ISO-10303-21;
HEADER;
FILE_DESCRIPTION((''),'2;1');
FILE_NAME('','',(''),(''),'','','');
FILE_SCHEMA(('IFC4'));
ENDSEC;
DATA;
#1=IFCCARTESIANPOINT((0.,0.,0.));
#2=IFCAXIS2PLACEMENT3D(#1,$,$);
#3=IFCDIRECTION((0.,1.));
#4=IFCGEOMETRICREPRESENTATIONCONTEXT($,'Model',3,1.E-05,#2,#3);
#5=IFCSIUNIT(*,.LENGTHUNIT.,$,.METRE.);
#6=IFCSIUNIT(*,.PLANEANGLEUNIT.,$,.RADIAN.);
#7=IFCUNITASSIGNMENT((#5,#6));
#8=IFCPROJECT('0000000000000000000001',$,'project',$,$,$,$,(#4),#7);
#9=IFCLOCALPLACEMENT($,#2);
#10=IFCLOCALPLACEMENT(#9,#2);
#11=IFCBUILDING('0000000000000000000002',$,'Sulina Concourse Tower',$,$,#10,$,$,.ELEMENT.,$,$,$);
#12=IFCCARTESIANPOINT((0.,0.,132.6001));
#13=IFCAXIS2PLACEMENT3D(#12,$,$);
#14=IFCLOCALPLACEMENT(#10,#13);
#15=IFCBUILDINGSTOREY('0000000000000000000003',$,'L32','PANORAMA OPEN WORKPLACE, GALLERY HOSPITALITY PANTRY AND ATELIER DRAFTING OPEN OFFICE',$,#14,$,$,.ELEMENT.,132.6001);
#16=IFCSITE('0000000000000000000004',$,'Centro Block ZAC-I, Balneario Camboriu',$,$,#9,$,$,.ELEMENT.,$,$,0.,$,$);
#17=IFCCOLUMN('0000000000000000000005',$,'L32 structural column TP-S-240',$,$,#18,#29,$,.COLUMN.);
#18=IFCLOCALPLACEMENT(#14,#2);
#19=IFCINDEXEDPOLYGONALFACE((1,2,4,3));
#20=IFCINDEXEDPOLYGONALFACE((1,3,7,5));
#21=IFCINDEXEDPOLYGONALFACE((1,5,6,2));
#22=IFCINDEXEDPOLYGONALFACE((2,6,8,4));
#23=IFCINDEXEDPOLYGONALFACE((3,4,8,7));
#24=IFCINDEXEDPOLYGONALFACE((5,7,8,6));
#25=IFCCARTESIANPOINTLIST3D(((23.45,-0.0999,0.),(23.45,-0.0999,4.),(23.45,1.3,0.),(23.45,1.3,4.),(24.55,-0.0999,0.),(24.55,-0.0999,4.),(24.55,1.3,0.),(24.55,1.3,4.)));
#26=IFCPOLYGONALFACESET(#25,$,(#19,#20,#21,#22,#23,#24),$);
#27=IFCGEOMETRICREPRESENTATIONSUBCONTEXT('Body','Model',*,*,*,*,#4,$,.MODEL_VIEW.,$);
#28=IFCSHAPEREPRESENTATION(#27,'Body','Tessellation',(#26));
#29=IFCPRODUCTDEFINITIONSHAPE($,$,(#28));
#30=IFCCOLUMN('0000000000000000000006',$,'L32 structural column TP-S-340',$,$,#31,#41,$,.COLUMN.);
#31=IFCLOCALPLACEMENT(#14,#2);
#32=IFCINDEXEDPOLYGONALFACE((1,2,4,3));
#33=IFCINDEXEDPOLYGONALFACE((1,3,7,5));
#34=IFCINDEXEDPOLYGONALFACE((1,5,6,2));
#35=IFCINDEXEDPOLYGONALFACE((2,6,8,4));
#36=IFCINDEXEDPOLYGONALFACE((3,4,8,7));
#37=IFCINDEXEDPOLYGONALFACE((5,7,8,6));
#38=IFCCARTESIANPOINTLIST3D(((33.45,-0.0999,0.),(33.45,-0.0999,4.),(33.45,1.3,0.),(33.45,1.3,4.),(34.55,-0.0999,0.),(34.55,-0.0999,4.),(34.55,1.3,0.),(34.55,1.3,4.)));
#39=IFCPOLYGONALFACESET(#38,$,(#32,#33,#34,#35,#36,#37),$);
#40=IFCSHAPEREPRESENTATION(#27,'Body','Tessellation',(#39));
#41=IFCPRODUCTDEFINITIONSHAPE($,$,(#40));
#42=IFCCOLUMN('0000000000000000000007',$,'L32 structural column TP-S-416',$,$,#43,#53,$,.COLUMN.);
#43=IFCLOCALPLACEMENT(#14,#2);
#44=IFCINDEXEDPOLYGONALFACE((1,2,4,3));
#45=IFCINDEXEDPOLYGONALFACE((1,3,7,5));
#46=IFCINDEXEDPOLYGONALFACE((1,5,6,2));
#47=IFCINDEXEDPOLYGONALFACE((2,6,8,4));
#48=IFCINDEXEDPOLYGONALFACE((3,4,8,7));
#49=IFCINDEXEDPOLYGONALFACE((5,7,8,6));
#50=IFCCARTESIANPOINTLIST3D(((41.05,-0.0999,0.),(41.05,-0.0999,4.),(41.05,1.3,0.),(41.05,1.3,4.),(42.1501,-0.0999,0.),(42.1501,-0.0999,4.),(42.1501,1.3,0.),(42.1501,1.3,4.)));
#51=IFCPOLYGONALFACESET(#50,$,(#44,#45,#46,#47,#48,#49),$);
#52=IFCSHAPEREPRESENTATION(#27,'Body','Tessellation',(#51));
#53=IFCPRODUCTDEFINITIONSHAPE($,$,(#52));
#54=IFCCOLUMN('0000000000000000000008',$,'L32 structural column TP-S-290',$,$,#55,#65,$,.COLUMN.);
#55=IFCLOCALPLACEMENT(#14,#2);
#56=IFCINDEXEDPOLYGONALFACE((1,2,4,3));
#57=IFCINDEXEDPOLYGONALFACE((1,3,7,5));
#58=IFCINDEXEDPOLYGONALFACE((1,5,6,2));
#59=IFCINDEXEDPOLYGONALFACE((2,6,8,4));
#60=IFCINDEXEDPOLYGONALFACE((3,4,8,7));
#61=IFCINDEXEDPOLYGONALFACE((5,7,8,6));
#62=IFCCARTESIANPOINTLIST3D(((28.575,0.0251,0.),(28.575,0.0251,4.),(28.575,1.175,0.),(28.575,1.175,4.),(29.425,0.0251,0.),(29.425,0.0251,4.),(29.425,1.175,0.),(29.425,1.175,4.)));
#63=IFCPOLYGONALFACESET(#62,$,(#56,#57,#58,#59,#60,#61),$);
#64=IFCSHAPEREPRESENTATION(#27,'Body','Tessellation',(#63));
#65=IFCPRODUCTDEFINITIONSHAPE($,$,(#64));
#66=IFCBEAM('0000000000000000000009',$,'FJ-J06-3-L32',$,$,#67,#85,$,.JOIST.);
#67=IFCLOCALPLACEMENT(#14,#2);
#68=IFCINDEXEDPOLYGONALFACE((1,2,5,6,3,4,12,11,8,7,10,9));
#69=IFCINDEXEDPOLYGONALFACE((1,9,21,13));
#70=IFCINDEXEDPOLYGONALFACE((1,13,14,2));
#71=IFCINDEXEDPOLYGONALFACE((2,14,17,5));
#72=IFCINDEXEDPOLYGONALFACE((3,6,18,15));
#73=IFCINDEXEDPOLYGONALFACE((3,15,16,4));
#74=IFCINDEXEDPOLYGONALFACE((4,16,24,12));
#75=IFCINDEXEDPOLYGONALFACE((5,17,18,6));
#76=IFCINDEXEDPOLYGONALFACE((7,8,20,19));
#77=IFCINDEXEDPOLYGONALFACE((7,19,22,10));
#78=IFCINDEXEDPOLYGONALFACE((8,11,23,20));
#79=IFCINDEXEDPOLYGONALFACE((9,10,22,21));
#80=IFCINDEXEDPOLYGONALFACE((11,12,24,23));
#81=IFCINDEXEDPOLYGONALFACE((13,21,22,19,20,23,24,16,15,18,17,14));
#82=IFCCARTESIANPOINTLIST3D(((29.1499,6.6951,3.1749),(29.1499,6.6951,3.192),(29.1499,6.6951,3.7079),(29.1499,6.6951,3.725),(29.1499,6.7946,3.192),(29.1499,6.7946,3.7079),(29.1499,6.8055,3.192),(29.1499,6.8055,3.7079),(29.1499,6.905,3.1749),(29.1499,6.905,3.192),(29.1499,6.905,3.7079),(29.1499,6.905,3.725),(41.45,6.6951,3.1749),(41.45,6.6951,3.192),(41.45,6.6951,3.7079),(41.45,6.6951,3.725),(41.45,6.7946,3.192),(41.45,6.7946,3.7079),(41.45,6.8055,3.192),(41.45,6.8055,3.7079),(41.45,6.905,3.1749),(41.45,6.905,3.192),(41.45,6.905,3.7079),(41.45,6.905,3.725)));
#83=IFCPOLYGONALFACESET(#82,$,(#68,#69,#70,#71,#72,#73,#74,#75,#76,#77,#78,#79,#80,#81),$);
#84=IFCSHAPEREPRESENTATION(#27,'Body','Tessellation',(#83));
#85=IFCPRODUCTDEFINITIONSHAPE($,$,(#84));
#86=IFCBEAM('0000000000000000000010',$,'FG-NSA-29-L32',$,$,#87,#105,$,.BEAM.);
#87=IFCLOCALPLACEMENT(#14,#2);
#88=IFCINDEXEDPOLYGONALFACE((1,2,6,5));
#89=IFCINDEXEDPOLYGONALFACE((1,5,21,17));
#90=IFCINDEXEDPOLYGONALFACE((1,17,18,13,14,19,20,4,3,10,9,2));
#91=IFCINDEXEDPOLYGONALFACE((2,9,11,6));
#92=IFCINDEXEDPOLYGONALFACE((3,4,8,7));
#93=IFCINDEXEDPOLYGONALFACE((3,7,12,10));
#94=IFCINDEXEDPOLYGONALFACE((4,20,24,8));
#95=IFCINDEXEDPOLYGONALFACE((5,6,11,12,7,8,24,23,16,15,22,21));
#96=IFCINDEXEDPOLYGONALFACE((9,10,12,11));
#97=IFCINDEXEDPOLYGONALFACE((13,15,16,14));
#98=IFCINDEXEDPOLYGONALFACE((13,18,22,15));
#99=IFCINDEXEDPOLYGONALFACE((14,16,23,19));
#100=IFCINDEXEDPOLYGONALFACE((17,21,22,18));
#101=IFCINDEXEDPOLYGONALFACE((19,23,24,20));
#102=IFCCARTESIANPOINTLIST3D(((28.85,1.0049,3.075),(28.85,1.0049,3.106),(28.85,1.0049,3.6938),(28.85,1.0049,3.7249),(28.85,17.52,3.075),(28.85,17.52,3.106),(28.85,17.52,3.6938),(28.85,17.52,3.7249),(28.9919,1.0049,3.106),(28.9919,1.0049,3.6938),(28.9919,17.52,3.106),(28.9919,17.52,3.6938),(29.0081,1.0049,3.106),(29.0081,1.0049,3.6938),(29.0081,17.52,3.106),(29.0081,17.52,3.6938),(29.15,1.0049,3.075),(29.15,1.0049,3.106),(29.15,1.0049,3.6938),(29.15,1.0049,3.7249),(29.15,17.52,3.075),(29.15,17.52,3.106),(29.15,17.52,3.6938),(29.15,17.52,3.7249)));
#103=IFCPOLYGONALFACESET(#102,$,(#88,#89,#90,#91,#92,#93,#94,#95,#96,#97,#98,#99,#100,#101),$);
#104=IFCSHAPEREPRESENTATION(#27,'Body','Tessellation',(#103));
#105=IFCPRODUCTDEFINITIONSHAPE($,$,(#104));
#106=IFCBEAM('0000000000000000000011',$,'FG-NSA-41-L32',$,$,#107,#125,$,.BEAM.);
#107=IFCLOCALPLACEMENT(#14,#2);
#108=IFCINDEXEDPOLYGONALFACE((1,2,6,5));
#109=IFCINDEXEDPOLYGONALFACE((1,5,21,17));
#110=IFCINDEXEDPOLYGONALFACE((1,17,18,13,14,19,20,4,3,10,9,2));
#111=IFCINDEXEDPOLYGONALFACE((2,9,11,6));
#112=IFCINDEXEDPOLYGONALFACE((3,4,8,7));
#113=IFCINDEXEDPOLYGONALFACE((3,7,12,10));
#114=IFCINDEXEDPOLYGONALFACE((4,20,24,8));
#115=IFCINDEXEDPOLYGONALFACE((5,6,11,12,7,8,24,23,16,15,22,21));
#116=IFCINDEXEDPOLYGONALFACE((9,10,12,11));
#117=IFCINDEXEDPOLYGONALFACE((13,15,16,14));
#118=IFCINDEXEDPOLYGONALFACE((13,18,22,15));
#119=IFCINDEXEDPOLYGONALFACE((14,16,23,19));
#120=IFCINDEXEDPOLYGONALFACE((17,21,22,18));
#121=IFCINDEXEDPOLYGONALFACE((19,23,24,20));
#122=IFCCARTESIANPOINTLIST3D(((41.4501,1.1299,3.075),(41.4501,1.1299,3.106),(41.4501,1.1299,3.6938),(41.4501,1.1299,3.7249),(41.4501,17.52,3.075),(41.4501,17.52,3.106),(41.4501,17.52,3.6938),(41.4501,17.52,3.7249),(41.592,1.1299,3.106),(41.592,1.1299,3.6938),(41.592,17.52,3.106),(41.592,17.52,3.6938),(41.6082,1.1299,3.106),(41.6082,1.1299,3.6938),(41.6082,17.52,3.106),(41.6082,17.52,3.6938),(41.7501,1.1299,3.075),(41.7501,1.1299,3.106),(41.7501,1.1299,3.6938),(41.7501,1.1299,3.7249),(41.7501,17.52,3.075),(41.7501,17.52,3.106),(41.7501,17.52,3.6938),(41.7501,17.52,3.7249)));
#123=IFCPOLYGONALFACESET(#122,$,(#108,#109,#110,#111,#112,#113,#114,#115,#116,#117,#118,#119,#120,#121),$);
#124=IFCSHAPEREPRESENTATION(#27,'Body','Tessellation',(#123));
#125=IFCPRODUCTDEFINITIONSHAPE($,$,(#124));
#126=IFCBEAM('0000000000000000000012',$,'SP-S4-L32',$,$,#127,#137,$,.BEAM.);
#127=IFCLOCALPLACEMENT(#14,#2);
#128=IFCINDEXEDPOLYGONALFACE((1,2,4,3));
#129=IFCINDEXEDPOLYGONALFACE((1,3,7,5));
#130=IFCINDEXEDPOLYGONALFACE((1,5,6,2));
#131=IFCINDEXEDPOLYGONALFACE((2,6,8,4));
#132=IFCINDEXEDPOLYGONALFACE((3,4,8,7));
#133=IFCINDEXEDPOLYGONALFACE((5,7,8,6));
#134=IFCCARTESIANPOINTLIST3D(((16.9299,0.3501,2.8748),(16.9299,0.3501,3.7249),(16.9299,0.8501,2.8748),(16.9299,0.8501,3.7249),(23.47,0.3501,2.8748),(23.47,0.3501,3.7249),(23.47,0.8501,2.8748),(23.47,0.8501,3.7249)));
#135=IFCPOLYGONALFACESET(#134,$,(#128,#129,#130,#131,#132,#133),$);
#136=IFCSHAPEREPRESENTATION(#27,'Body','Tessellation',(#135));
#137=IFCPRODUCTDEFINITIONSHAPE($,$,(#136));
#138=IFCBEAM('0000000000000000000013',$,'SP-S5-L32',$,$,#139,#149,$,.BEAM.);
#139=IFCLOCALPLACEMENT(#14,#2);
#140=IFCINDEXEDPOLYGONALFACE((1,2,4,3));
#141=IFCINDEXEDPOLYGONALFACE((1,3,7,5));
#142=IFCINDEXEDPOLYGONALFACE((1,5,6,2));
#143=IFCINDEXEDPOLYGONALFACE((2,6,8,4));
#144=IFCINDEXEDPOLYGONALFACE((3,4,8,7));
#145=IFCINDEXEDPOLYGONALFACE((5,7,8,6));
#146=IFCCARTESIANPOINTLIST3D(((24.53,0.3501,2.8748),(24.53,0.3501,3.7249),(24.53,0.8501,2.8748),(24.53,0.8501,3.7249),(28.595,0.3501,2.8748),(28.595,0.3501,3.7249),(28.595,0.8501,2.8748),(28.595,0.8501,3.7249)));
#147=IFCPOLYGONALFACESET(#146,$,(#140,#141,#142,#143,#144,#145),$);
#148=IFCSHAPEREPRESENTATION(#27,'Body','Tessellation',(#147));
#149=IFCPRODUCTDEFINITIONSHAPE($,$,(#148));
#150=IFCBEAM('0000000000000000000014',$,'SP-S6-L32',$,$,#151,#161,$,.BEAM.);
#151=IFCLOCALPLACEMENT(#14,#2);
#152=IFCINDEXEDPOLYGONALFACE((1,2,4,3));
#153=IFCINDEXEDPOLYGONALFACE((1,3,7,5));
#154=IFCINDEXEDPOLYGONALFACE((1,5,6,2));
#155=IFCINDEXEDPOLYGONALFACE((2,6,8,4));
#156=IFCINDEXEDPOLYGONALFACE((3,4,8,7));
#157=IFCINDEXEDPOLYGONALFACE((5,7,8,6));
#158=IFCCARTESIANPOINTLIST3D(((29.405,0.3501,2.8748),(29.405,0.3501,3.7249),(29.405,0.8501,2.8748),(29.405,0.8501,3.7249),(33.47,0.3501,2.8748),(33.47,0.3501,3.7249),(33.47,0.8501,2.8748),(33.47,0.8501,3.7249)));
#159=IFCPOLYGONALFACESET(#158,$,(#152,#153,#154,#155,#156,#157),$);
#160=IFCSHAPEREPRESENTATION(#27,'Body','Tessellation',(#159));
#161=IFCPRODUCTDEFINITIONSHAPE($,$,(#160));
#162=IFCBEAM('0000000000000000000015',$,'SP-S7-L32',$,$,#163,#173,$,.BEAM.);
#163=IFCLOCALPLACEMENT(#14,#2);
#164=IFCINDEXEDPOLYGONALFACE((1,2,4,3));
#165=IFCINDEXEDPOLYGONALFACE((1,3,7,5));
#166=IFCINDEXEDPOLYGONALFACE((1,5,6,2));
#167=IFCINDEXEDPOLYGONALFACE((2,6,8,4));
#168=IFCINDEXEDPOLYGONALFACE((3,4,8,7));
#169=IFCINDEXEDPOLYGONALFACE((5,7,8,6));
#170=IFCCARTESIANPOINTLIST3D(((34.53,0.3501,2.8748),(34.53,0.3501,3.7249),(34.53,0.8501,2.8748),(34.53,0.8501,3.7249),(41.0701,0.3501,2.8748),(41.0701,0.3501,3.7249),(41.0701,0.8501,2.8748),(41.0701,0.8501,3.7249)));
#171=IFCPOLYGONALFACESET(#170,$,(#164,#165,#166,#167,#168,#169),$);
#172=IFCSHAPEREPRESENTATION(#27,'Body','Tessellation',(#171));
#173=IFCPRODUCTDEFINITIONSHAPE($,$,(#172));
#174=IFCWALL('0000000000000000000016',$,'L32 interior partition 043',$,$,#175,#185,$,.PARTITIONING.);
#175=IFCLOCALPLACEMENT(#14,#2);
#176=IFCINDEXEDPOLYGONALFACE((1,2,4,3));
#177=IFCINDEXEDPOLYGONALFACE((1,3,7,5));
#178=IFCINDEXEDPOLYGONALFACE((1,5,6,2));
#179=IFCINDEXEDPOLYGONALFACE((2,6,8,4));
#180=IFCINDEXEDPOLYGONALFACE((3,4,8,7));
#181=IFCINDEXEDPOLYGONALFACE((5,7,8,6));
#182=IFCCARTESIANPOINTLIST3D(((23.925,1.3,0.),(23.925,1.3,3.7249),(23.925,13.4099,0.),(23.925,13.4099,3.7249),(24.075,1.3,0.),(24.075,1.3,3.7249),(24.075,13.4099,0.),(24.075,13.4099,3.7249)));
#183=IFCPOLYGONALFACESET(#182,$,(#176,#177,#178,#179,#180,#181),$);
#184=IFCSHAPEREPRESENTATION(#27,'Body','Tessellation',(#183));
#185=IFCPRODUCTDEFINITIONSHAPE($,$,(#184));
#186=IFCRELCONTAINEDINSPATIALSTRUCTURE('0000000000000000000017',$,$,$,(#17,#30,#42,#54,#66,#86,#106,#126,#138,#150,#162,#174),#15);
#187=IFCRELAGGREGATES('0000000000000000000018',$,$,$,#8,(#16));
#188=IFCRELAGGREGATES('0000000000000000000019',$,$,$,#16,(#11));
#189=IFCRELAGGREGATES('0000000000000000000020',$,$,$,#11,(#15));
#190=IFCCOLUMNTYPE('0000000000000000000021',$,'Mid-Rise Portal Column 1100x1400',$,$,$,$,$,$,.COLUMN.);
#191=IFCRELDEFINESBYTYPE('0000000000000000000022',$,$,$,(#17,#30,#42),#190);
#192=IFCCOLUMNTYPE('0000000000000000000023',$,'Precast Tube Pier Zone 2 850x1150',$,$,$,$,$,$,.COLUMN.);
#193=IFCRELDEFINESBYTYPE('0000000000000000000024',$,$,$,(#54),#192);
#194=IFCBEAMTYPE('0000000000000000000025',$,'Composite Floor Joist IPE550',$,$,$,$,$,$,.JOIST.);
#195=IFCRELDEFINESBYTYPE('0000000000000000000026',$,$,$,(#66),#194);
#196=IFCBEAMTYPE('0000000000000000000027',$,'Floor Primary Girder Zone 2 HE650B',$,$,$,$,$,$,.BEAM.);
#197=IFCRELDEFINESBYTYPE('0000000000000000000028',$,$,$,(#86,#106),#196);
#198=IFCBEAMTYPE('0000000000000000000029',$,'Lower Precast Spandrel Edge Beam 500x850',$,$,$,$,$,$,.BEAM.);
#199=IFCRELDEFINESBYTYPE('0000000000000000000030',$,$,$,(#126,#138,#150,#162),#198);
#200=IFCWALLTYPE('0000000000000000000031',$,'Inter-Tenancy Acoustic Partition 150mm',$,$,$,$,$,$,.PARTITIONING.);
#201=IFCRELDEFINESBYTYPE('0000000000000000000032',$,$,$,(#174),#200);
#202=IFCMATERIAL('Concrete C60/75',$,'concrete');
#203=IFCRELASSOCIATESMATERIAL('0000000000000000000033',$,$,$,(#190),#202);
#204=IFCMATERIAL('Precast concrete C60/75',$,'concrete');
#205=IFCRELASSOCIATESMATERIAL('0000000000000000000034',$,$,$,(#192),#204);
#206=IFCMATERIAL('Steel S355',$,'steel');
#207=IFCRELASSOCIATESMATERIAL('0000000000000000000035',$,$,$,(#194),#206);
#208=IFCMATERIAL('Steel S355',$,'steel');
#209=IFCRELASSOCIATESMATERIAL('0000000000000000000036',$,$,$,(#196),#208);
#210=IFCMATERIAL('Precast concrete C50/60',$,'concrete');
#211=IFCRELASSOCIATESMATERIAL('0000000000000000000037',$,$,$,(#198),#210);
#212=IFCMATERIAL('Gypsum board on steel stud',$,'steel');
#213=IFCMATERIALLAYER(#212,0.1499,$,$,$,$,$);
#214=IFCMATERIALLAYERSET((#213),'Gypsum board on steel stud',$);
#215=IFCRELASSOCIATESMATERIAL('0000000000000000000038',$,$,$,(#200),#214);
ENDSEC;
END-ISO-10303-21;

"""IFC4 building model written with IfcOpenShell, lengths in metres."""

from ifc_helpers import new_model, si_unit, direction, frame, frame_2d, origin, origin_2d, place, context, subcontext, project, spatial, rectangle, i_section, extrude, material, layer, layer_set, material_profile, profile_set, type_object, element, save


model = new_model("IFC4")

# Units and contexts
model_context = context("Model", 3, precision=1e-05, world=origin(), true_north=direction((0.0, 1.0)))
body_context = subcontext(model_context, "Body", "Model", "MODEL_VIEW")
ifc_project = project(units=[si_unit("LENGTHUNIT", "METRE"), si_unit("PLANEANGLEUNIT", "RADIAN")], contexts=[model_context])

# Site, building, storey
site_placement = place(None, origin())
site = spatial("IfcSite", under=ifc_project, at=site_placement, Name="Centro Block ZAC-I, Balneario Camboriu", CompositionType="ELEMENT", RefElevation=0.0)
building_placement = place(site_placement, origin())
building = spatial("IfcBuilding", under=site, at=building_placement, Name="Sulina Concourse Tower", CompositionType="ELEMENT")
storey_placement = place(building_placement, frame((0.0, 0.0, 132.6001)))
storey = spatial("IfcBuildingStorey", under=building, at=storey_placement, Name="L32", Description="PANORAMA OPEN WORKPLACE, GALLERY HOSPITALITY PANTRY AND ATELIER DRAFTING OPEN OFFICE", CompositionType="ELEMENT", Elevation=132.6001)

# Columns
ifc_material_1 = material(Name="Concrete C60/75", Category="concrete")
ifc_material_profile_1 = material_profile(ifc_material_1, rectangle(XDim=1.1001, YDim=1.3999, at=origin_2d()), Name="RC 1100x1400")
ifc_profile_set_1 = profile_set([ifc_material_profile_1], Name="Concrete C60/75")
column_type_1 = type_object("IfcColumnType", Name="Mid-Rise Portal Column 1100x1400", PredefinedType="COLUMN", material=ifc_profile_set_1)
for number, where, z_axis, x_axis, name in (
    (1, (24.0, 0.6001, 0.0), (0.0, 0.0, 1.0), (1.0, 0.0, 0.0), "L32 structural column TP-S-240"),
    (2, (34.0, 0.6001, 0.0), (0.0, 0.0, 1.0), (1.0, 0.0, 0.0), "L32 structural column TP-S-340"),
    (3, (41.6001, 0.6001, 0.0), (0.0, 0.0, 1.0), (1.0, 0.0, 0.0), "L32 structural column TP-S-416"),
):
    element("IfcColumn", number, at=place(storey_placement, frame(where, z_axis=z_axis, x_axis=x_axis)), inside=storey, type_object=column_type_1, Name=name, PredefinedType="COLUMN", context=body_context, shape_type="SweptSolid", body=[
        extrude(rectangle(XDim=1.1001, YDim=1.3999, at=origin_2d()), origin(), (0.0, 0.0, 1.0), 4.0),
    ])
ifc_material_2 = material(Name="Precast concrete C60/75", Category="concrete")
ifc_material_profile_2 = material_profile(ifc_material_2, rectangle(XDim=0.8501, YDim=1.1499, at=origin_2d()), Name="PC 850x1150")
ifc_profile_set_2 = profile_set([ifc_material_profile_2], Name="Precast concrete C60/75")
column_type_2 = type_object("IfcColumnType", Name="Precast Tube Pier Zone 2 850x1150", PredefinedType="COLUMN", material=ifc_profile_set_2)
column_placement = place(storey_placement, frame((29.0, 0.6001, 0.0), z_axis=(0.0, 0.0, 1.0), x_axis=(1.0, 0.0, 0.0)))
element("IfcColumn", 4, at=column_placement, inside=storey, type_object=column_type_2, Name="L32 structural column TP-S-290", PredefinedType="COLUMN", context=body_context, shape_type="SweptSolid", body=[
    extrude(rectangle(XDim=0.8501, YDim=1.1499, at=origin_2d()), origin(), (0.0, 0.0, 1.0), 4.0),
])

# Beams
ifc_material_3 = material(Name="Steel S355", Category="steel")
ifc_material_profile_3 = material_profile(ifc_material_3, i_section(OverallWidth=0.21, OverallDepth=0.55, WebThickness=0.011, FlangeThickness=0.0171, at=origin_2d()), Name="IPE 550")
ifc_profile_set_3 = profile_set([ifc_material_profile_3], Name="Steel S355")
beam_type_1 = type_object("IfcBeamType", Name="Composite Floor Joist IPE550", PredefinedType="JOIST", material=ifc_profile_set_3)
beam_1_placement = place(storey_placement, frame((29.1499, 6.8, 3.45), z_axis=(1.0, 0.0, 0.0), x_axis=(0.0, 1.0, 0.0)))
element("IfcBeam", 5, at=beam_1_placement, inside=storey, type_object=beam_type_1, Name="FJ-J06-3-L32", PredefinedType="JOIST", context=body_context, shape_type="SweptSolid", body=[
    extrude(i_section(OverallWidth=0.21, OverallDepth=0.55, WebThickness=0.011, FlangeThickness=0.0171, at=origin_2d()), origin(), (0.0, 0.0, 1.0), 12.3),
])
ifc_material_4 = material(Name="Steel S355", Category="steel")
ifc_material_profile_4 = material_profile(ifc_material_4, i_section(OverallWidth=0.3, OverallDepth=0.6499, WebThickness=0.0161, FlangeThickness=0.031, at=origin_2d()), Name="HE 650 B")
ifc_profile_set_4 = profile_set([ifc_material_profile_4], Name="Steel S355")
beam_type_2 = type_object("IfcBeamType", Name="Floor Primary Girder Zone 2 HE650B", PredefinedType="BEAM", material=ifc_profile_set_4)
beam_2_placement = place(storey_placement, frame((29.0, 1.0049, 3.3999), z_axis=(0.0, 1.0, 0.0), x_axis=(-1.0, 0.0, 0.0)))
element("IfcBeam", 6, at=beam_2_placement, inside=storey, type_object=beam_type_2, Name="FG-NSA-29-L32", PredefinedType="BEAM", context=body_context, shape_type="SweptSolid", body=[
    extrude(i_section(OverallWidth=0.3, OverallDepth=0.6499, WebThickness=0.0161, FlangeThickness=0.031, at=origin_2d()), origin(), (0.0, 0.0, 1.0), 16.5151),
])
beam_3_placement = place(storey_placement, frame((41.6001, 1.1299, 3.3999), z_axis=(0.0, 1.0, 0.0), x_axis=(-1.0, 0.0, 0.0)))
element("IfcBeam", 7, at=beam_3_placement, inside=storey, type_object=beam_type_2, Name="FG-NSA-41-L32", PredefinedType="BEAM", context=body_context, shape_type="SweptSolid", body=[
    extrude(i_section(OverallWidth=0.3, OverallDepth=0.6499, WebThickness=0.0161, FlangeThickness=0.031, at=origin_2d()), origin(), (0.0, 0.0, 1.0), 16.3901),
])
ifc_material_5 = material(Name="Precast concrete C50/60", Category="concrete")
ifc_material_profile_5 = material_profile(ifc_material_5, rectangle(XDim=0.5, YDim=0.8501, at=origin_2d()), Name="RC 500x850")
ifc_profile_set_5 = profile_set([ifc_material_profile_5], Name="Precast concrete C50/60")
beam_type_3 = type_object("IfcBeamType", Name="Lower Precast Spandrel Edge Beam 500x850", PredefinedType="BEAM", material=ifc_profile_set_5)
beam_4_placement = place(storey_placement, frame((16.9299, 0.6001, 3.2998), z_axis=(1.0, 0.0, 0.0), x_axis=(0.0, 1.0, 0.0)))
element("IfcBeam", 8, at=beam_4_placement, inside=storey, type_object=beam_type_3, Name="SP-S4-L32", PredefinedType="BEAM", context=body_context, shape_type="SweptSolid", body=[
    extrude(rectangle(XDim=0.5, YDim=0.8501, at=origin_2d()), origin(), (0.0, 0.0, 1.0), 6.54),
])
for number, where, z_axis, x_axis, name in (
    (9, (24.53, 0.6001, 3.2998), (1.0, 0.0, 0.0), (0.0, 1.0, 0.0), "SP-S5-L32"),
    (10, (29.405, 0.6001, 3.2998), (1.0, 0.0, 0.0), (0.0, 1.0, 0.0), "SP-S6-L32"),
):
    element("IfcBeam", number, at=place(storey_placement, frame(where, z_axis=z_axis, x_axis=x_axis)), inside=storey, type_object=beam_type_3, Name=name, PredefinedType="BEAM", context=body_context, shape_type="SweptSolid", body=[
        extrude(rectangle(XDim=0.5, YDim=0.8501, at=origin_2d()), origin(), (0.0, 0.0, 1.0), 4.0649),
    ])
beam_5_placement = place(storey_placement, frame((34.53, 0.6001, 3.2998), z_axis=(1.0, 0.0, 0.0), x_axis=(0.0, 1.0, 0.0)))
element("IfcBeam", 11, at=beam_5_placement, inside=storey, type_object=beam_type_3, Name="SP-S7-L32", PredefinedType="BEAM", context=body_context, shape_type="SweptSolid", body=[
    extrude(rectangle(XDim=0.5, YDim=0.8501, at=origin_2d()), origin(), (0.0, 0.0, 1.0), 6.54),
])

# Wall
ifc_material_6 = material(Name="Gypsum board on steel stud", Category="steel")
ifc_layer_1 = layer(ifc_material_6, 0.1499)
ifc_layer_set_1 = layer_set([ifc_layer_1], Name="Gypsum board on steel stud")
wall_type_1 = type_object("IfcWallType", Name="Inter-Tenancy Acoustic Partition 150mm", PredefinedType="PARTITIONING", material=ifc_layer_set_1)
for number, where, z_axis, x_axis, name in (
    (12, (24.0, 1.3, 0.0), (0.0, 0.0, 1.0), (0.0, 1.0, 0.0), "L32 interior partition 043"),
):
    element("IfcWall", number, at=place(storey_placement, frame(where, z_axis=z_axis, x_axis=x_axis)), inside=storey, type_object=wall_type_1, Name=name, PredefinedType="PARTITIONING", context=body_context, shape_type="SweptSolid", body=[
        extrude(rectangle(XDim=12.1099, YDim=0.1499, at=frame_2d((6.0549, 0.0))), origin(), (0.0, 0.0, 1.0), 3.7249),
    ])

save(model, "model.ifc")
